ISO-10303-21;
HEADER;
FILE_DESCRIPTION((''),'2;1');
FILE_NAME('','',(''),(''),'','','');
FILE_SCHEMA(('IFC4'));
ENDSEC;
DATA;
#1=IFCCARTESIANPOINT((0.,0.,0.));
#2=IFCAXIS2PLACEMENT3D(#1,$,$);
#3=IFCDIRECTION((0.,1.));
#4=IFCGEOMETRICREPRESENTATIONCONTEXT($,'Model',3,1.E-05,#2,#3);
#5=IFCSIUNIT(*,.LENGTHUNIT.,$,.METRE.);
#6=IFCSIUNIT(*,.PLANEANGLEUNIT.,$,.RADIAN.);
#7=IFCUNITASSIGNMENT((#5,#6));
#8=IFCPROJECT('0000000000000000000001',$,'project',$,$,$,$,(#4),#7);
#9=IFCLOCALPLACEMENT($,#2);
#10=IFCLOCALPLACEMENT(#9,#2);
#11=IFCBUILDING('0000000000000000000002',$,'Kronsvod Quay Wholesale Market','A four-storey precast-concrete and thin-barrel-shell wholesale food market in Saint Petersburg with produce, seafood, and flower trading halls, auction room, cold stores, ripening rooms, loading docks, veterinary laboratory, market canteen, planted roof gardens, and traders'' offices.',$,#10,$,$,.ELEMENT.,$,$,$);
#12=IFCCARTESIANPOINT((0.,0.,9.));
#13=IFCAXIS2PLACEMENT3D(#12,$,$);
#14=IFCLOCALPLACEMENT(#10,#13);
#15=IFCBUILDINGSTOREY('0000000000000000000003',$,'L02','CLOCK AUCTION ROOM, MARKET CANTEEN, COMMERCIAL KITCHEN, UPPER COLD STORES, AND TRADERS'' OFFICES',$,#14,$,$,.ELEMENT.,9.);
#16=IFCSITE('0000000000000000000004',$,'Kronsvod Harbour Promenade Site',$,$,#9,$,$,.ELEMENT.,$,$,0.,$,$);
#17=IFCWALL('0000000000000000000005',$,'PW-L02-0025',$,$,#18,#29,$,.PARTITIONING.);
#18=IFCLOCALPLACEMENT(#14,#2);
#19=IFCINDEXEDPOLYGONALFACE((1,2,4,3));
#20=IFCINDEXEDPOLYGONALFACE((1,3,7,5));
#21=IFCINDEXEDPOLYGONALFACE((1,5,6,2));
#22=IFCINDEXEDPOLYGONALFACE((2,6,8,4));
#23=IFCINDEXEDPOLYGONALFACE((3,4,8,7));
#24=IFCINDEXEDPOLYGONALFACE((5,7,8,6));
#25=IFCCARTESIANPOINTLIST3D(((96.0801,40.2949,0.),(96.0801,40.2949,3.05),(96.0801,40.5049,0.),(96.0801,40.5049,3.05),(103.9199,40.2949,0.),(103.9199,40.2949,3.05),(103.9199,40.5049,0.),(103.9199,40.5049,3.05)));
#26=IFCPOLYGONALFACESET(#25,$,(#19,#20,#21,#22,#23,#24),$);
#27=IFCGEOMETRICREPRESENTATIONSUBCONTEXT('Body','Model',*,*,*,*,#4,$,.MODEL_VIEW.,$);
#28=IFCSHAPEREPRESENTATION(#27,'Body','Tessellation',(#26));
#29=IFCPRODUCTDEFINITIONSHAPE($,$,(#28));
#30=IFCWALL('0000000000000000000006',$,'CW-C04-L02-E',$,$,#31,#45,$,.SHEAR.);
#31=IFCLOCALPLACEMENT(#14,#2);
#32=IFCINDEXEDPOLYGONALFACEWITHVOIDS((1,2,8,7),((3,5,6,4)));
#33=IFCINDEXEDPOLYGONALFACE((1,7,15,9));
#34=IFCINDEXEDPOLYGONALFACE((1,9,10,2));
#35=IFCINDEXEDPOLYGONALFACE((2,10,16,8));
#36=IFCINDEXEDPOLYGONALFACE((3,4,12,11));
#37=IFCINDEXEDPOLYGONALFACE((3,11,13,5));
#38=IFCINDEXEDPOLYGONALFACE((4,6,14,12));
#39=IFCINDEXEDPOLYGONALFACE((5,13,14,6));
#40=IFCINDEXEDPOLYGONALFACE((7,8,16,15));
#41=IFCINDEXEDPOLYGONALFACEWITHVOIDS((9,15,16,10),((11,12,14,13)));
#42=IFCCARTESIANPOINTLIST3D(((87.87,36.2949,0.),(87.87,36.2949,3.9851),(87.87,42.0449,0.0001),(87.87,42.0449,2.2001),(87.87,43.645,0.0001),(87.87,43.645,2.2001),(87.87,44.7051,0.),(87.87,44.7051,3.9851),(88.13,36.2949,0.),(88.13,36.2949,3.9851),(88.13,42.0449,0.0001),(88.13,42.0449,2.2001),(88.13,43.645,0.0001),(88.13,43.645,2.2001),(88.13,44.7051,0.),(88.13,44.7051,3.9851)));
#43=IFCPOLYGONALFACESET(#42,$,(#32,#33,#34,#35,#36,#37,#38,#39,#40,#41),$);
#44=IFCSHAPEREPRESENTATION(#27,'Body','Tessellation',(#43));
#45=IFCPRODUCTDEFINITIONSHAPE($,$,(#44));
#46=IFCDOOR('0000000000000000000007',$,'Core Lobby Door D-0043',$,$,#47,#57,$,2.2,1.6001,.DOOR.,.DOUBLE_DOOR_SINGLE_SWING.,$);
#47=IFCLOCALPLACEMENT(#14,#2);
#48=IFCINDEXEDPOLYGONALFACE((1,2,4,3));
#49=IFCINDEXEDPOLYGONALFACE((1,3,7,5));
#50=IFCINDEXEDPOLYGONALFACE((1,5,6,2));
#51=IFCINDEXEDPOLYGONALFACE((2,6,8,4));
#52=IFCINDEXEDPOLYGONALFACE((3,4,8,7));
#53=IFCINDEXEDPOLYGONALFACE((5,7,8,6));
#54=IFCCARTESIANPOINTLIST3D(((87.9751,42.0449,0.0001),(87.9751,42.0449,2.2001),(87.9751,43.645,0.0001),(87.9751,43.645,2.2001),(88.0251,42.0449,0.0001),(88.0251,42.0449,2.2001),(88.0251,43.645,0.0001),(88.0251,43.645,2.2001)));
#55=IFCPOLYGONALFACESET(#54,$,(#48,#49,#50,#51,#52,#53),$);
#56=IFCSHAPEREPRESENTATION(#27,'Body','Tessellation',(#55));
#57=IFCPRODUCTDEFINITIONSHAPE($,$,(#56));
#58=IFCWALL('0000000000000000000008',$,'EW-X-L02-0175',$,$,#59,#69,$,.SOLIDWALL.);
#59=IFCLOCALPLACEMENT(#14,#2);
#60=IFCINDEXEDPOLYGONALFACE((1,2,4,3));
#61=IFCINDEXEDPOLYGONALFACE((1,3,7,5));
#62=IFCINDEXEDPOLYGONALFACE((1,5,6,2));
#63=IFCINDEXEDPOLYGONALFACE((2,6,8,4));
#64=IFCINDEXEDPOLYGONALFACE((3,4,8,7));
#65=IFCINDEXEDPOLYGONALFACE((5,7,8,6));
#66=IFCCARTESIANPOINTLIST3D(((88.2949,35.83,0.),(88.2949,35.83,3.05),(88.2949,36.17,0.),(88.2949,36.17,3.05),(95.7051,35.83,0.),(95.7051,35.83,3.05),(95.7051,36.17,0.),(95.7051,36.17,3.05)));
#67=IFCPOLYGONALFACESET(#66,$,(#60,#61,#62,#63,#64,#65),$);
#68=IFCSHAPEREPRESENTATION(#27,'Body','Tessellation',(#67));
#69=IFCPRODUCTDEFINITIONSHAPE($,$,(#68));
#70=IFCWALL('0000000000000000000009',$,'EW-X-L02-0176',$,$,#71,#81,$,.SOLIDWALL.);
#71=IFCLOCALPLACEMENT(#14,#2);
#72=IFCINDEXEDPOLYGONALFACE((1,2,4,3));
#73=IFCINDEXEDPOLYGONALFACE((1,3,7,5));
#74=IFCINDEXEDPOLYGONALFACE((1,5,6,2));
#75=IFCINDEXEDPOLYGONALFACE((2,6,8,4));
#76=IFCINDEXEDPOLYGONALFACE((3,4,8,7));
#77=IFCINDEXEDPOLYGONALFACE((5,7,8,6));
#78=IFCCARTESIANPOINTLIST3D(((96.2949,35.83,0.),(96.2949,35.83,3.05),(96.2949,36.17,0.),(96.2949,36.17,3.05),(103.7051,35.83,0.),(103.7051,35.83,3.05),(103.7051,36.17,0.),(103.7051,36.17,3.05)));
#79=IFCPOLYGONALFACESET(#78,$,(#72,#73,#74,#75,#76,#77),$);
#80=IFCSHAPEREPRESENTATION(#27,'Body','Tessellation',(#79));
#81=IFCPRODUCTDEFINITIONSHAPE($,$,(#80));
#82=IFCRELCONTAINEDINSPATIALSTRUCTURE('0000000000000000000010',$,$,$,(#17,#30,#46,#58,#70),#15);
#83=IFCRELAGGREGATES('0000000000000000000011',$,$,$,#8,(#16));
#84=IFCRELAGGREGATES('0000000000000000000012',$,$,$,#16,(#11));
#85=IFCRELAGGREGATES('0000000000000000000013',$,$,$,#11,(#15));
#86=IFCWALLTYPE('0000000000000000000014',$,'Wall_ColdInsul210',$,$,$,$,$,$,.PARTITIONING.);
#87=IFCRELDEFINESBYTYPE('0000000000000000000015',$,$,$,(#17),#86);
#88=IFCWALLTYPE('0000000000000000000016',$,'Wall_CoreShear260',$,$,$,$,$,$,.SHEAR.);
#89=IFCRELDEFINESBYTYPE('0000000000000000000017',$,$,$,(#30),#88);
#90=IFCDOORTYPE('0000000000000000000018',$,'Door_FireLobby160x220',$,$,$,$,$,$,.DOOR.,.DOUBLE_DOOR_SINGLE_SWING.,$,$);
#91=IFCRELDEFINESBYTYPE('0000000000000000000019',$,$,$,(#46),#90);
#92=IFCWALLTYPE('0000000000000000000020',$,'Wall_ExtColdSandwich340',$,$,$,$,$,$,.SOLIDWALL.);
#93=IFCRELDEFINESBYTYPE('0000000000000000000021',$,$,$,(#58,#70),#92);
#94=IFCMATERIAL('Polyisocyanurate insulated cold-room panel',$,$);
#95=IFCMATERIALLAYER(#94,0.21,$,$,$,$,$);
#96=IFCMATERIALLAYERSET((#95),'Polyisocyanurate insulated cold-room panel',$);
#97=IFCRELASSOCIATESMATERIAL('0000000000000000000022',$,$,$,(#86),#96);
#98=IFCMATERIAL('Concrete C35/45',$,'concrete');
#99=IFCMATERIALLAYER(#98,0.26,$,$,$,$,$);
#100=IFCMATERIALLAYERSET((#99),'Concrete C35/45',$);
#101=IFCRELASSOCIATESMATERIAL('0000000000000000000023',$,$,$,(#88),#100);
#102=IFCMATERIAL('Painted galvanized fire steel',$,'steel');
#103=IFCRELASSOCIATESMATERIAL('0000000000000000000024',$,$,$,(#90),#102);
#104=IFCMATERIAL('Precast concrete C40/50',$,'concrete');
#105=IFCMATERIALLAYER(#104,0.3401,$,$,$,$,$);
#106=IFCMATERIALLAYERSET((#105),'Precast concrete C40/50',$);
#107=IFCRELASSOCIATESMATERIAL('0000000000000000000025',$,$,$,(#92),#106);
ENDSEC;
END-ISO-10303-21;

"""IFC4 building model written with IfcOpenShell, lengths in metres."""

from ifc_helpers import new_model, si_unit, direction, frame, frame_2d, origin, place, context, subcontext, project, spatial, rectangle, extrude, material, layer, layer_set, type_object, element, fill, save


model = new_model("IFC4")

# Units and contexts
model_context = context("Model", 3, precision=1e-05, world=origin(), true_north=direction((0.0, 1.0)))
body_context = subcontext(model_context, "Body", "Model", "MODEL_VIEW")
ifc_project = project(units=[si_unit("LENGTHUNIT", "METRE"), si_unit("PLANEANGLEUNIT", "RADIAN")], contexts=[model_context])

# Site, building, storey
site_placement = place(None, origin())
site = spatial("IfcSite", under=ifc_project, at=site_placement, Name="Kronsvod Harbour Promenade Site", CompositionType="ELEMENT", RefElevation=0.0)
building_placement = place(site_placement, origin())
building = spatial("IfcBuilding", under=site, at=building_placement, Name="Kronsvod Quay Wholesale Market", Description="A four-storey precast-concrete and thin-barrel-shell wholesale food market in Saint Petersburg with produce, seafood, and flower trading halls, auction room, cold stores, ripening rooms, loading docks, veterinary laboratory, market canteen, planted roof gardens, and traders' offices.", CompositionType="ELEMENT")
storey_placement = place(building_placement, frame((0.0, 0.0, 9.0)))
storey = spatial("IfcBuildingStorey", under=building, at=storey_placement, Name="L02", Description="CLOCK AUCTION ROOM, MARKET CANTEEN, COMMERCIAL KITCHEN, UPPER COLD STORES, AND TRADERS' OFFICES", CompositionType="ELEMENT", Elevation=9.0)

# Shared definitions
ifc_material_1 = material(Name="Polyisocyanurate insulated cold-room panel")
ifc_layer_1 = layer(ifc_material_1, 0.21)
ifc_layer_set_1 = layer_set([ifc_layer_1], Name="Polyisocyanurate insulated cold-room panel")
wall_type_1 = type_object("IfcWallType", Name="Wall_ColdInsul210", PredefinedType="PARTITIONING", material=ifc_layer_set_1)

# Wall
wall_1_placement = place(storey_placement, frame((96.0801, 40.3999, 0.0), z_axis=(0.0, 0.0, 1.0), x_axis=(1.0, 0.0, 0.0)))
element("IfcWall", 1, at=wall_1_placement, inside=storey, type_object=wall_type_1, Name="PW-L02-0025", PredefinedType="PARTITIONING", context=body_context, shape_type="SweptSolid", body=[
    extrude(rectangle(XDim=7.8398, YDim=0.21, at=frame_2d((3.9199, 0.0))), origin(), (0.0, 0.0, 1.0), 3.05),
])

# Wall, opening, door
ifc_material_2 = material(Name="Concrete C35/45", Category="concrete")
ifc_layer_2 = layer(ifc_material_2, 0.26)
ifc_layer_set_2 = layer_set([ifc_layer_2], Name="Concrete C35/45")
wall_type_2 = type_object("IfcWallType", Name="Wall_CoreShear260", PredefinedType="SHEAR", material=ifc_layer_set_2)
wall_2_placement = place(storey_placement, frame((88.0, 36.2949, 0.0), z_axis=(0.0, 0.0, 1.0), x_axis=(0.0, 1.0, 0.0)))
wall_2 = element("IfcWall", 2, at=wall_2_placement, inside=storey, type_object=wall_type_2, Name="CW-C04-L02-E", PredefinedType="SHEAR", context=body_context, shape_type="SweptSolid", body=[
    extrude(rectangle(XDim=8.4102, YDim=0.26, at=frame_2d((4.2051, 0.0))), origin(), (0.0, 0.0, 1.0), 3.9851),
])
opening_1_placement = place(wall_2_placement, frame((5.75, 0.0, 0.0)))
opening_1 = element("IfcOpeningElement", 3, at=opening_1_placement, cuts=wall_2, PredefinedType="OPENING", context=body_context, shape_type="SweptSolid", body=[
    extrude(rectangle(XDim=1.6001, YDim=2.2, at=frame_2d((0.8, 1.1001))), frame((0.0, 0.1401, 0.0), z_axis=(0.0, -1.0, 0.0), x_axis=(1.0, 0.0, 0.0)), (0.0, 0.0, 1.0), 0.28),
])
ifc_material_3 = material(Name="Painted galvanized fire steel", Category="steel")
door_type_1 = type_object("IfcDoorType", Name="Door_FireLobby160x220", OperationType="DOUBLE_DOOR_SINGLE_SWING", PredefinedType="DOOR", material=ifc_material_3)
door_1_placement = place(opening_1_placement, origin())
door_1 = element("IfcDoor", 4, at=door_1_placement, inside=storey, type_object=door_type_1, Name="Core Lobby Door D-0043", OperationType="DOUBLE_DOOR_SINGLE_SWING", OverallHeight=2.2, OverallWidth=1.6001, PredefinedType="DOOR", context=body_context, shape_type="SweptSolid", body=[
    extrude(rectangle(XDim=1.6001, YDim=2.2, at=frame_2d((0.8, 1.1001))), frame((0.0, 0.0249, 0.0), z_axis=(0.0, -1.0, 0.0), x_axis=(1.0, 0.0, 0.0)), (0.0, 0.0, 1.0), 0.05),
])
fill(opening_1, door_1)

# Walls
ifc_material_4 = material(Name="Precast concrete C40/50", Category="concrete")
ifc_layer_3 = layer(ifc_material_4, 0.3401)
ifc_layer_set_3 = layer_set([ifc_layer_3], Name="Precast concrete C40/50")
wall_type_3 = type_object("IfcWallType", Name="Wall_ExtColdSandwich340", PredefinedType="SOLIDWALL", material=ifc_layer_set_3)
for number, where, z_axis, x_axis, name in (
    (5, (88.2949, 36.0, 0.0), (0.0, 0.0, 1.0), (1.0, 0.0, 0.0), "EW-X-L02-0175"),
    (6, (96.2949, 36.0, 0.0), (0.0, 0.0, 1.0), (1.0, 0.0, 0.0), "EW-X-L02-0176"),
):
    element("IfcWall", number, at=place(storey_placement, frame(where, z_axis=z_axis, x_axis=x_axis)), inside=storey, type_object=wall_type_3, Name=name, PredefinedType="SOLIDWALL", context=body_context, shape_type="SweptSolid", body=[
        extrude(rectangle(XDim=7.4102, YDim=0.3401, at=frame_2d((3.7051, 0.0))), origin(), (0.0, 0.0, 1.0), 3.05),
    ])

save(model, "model.ifc")
